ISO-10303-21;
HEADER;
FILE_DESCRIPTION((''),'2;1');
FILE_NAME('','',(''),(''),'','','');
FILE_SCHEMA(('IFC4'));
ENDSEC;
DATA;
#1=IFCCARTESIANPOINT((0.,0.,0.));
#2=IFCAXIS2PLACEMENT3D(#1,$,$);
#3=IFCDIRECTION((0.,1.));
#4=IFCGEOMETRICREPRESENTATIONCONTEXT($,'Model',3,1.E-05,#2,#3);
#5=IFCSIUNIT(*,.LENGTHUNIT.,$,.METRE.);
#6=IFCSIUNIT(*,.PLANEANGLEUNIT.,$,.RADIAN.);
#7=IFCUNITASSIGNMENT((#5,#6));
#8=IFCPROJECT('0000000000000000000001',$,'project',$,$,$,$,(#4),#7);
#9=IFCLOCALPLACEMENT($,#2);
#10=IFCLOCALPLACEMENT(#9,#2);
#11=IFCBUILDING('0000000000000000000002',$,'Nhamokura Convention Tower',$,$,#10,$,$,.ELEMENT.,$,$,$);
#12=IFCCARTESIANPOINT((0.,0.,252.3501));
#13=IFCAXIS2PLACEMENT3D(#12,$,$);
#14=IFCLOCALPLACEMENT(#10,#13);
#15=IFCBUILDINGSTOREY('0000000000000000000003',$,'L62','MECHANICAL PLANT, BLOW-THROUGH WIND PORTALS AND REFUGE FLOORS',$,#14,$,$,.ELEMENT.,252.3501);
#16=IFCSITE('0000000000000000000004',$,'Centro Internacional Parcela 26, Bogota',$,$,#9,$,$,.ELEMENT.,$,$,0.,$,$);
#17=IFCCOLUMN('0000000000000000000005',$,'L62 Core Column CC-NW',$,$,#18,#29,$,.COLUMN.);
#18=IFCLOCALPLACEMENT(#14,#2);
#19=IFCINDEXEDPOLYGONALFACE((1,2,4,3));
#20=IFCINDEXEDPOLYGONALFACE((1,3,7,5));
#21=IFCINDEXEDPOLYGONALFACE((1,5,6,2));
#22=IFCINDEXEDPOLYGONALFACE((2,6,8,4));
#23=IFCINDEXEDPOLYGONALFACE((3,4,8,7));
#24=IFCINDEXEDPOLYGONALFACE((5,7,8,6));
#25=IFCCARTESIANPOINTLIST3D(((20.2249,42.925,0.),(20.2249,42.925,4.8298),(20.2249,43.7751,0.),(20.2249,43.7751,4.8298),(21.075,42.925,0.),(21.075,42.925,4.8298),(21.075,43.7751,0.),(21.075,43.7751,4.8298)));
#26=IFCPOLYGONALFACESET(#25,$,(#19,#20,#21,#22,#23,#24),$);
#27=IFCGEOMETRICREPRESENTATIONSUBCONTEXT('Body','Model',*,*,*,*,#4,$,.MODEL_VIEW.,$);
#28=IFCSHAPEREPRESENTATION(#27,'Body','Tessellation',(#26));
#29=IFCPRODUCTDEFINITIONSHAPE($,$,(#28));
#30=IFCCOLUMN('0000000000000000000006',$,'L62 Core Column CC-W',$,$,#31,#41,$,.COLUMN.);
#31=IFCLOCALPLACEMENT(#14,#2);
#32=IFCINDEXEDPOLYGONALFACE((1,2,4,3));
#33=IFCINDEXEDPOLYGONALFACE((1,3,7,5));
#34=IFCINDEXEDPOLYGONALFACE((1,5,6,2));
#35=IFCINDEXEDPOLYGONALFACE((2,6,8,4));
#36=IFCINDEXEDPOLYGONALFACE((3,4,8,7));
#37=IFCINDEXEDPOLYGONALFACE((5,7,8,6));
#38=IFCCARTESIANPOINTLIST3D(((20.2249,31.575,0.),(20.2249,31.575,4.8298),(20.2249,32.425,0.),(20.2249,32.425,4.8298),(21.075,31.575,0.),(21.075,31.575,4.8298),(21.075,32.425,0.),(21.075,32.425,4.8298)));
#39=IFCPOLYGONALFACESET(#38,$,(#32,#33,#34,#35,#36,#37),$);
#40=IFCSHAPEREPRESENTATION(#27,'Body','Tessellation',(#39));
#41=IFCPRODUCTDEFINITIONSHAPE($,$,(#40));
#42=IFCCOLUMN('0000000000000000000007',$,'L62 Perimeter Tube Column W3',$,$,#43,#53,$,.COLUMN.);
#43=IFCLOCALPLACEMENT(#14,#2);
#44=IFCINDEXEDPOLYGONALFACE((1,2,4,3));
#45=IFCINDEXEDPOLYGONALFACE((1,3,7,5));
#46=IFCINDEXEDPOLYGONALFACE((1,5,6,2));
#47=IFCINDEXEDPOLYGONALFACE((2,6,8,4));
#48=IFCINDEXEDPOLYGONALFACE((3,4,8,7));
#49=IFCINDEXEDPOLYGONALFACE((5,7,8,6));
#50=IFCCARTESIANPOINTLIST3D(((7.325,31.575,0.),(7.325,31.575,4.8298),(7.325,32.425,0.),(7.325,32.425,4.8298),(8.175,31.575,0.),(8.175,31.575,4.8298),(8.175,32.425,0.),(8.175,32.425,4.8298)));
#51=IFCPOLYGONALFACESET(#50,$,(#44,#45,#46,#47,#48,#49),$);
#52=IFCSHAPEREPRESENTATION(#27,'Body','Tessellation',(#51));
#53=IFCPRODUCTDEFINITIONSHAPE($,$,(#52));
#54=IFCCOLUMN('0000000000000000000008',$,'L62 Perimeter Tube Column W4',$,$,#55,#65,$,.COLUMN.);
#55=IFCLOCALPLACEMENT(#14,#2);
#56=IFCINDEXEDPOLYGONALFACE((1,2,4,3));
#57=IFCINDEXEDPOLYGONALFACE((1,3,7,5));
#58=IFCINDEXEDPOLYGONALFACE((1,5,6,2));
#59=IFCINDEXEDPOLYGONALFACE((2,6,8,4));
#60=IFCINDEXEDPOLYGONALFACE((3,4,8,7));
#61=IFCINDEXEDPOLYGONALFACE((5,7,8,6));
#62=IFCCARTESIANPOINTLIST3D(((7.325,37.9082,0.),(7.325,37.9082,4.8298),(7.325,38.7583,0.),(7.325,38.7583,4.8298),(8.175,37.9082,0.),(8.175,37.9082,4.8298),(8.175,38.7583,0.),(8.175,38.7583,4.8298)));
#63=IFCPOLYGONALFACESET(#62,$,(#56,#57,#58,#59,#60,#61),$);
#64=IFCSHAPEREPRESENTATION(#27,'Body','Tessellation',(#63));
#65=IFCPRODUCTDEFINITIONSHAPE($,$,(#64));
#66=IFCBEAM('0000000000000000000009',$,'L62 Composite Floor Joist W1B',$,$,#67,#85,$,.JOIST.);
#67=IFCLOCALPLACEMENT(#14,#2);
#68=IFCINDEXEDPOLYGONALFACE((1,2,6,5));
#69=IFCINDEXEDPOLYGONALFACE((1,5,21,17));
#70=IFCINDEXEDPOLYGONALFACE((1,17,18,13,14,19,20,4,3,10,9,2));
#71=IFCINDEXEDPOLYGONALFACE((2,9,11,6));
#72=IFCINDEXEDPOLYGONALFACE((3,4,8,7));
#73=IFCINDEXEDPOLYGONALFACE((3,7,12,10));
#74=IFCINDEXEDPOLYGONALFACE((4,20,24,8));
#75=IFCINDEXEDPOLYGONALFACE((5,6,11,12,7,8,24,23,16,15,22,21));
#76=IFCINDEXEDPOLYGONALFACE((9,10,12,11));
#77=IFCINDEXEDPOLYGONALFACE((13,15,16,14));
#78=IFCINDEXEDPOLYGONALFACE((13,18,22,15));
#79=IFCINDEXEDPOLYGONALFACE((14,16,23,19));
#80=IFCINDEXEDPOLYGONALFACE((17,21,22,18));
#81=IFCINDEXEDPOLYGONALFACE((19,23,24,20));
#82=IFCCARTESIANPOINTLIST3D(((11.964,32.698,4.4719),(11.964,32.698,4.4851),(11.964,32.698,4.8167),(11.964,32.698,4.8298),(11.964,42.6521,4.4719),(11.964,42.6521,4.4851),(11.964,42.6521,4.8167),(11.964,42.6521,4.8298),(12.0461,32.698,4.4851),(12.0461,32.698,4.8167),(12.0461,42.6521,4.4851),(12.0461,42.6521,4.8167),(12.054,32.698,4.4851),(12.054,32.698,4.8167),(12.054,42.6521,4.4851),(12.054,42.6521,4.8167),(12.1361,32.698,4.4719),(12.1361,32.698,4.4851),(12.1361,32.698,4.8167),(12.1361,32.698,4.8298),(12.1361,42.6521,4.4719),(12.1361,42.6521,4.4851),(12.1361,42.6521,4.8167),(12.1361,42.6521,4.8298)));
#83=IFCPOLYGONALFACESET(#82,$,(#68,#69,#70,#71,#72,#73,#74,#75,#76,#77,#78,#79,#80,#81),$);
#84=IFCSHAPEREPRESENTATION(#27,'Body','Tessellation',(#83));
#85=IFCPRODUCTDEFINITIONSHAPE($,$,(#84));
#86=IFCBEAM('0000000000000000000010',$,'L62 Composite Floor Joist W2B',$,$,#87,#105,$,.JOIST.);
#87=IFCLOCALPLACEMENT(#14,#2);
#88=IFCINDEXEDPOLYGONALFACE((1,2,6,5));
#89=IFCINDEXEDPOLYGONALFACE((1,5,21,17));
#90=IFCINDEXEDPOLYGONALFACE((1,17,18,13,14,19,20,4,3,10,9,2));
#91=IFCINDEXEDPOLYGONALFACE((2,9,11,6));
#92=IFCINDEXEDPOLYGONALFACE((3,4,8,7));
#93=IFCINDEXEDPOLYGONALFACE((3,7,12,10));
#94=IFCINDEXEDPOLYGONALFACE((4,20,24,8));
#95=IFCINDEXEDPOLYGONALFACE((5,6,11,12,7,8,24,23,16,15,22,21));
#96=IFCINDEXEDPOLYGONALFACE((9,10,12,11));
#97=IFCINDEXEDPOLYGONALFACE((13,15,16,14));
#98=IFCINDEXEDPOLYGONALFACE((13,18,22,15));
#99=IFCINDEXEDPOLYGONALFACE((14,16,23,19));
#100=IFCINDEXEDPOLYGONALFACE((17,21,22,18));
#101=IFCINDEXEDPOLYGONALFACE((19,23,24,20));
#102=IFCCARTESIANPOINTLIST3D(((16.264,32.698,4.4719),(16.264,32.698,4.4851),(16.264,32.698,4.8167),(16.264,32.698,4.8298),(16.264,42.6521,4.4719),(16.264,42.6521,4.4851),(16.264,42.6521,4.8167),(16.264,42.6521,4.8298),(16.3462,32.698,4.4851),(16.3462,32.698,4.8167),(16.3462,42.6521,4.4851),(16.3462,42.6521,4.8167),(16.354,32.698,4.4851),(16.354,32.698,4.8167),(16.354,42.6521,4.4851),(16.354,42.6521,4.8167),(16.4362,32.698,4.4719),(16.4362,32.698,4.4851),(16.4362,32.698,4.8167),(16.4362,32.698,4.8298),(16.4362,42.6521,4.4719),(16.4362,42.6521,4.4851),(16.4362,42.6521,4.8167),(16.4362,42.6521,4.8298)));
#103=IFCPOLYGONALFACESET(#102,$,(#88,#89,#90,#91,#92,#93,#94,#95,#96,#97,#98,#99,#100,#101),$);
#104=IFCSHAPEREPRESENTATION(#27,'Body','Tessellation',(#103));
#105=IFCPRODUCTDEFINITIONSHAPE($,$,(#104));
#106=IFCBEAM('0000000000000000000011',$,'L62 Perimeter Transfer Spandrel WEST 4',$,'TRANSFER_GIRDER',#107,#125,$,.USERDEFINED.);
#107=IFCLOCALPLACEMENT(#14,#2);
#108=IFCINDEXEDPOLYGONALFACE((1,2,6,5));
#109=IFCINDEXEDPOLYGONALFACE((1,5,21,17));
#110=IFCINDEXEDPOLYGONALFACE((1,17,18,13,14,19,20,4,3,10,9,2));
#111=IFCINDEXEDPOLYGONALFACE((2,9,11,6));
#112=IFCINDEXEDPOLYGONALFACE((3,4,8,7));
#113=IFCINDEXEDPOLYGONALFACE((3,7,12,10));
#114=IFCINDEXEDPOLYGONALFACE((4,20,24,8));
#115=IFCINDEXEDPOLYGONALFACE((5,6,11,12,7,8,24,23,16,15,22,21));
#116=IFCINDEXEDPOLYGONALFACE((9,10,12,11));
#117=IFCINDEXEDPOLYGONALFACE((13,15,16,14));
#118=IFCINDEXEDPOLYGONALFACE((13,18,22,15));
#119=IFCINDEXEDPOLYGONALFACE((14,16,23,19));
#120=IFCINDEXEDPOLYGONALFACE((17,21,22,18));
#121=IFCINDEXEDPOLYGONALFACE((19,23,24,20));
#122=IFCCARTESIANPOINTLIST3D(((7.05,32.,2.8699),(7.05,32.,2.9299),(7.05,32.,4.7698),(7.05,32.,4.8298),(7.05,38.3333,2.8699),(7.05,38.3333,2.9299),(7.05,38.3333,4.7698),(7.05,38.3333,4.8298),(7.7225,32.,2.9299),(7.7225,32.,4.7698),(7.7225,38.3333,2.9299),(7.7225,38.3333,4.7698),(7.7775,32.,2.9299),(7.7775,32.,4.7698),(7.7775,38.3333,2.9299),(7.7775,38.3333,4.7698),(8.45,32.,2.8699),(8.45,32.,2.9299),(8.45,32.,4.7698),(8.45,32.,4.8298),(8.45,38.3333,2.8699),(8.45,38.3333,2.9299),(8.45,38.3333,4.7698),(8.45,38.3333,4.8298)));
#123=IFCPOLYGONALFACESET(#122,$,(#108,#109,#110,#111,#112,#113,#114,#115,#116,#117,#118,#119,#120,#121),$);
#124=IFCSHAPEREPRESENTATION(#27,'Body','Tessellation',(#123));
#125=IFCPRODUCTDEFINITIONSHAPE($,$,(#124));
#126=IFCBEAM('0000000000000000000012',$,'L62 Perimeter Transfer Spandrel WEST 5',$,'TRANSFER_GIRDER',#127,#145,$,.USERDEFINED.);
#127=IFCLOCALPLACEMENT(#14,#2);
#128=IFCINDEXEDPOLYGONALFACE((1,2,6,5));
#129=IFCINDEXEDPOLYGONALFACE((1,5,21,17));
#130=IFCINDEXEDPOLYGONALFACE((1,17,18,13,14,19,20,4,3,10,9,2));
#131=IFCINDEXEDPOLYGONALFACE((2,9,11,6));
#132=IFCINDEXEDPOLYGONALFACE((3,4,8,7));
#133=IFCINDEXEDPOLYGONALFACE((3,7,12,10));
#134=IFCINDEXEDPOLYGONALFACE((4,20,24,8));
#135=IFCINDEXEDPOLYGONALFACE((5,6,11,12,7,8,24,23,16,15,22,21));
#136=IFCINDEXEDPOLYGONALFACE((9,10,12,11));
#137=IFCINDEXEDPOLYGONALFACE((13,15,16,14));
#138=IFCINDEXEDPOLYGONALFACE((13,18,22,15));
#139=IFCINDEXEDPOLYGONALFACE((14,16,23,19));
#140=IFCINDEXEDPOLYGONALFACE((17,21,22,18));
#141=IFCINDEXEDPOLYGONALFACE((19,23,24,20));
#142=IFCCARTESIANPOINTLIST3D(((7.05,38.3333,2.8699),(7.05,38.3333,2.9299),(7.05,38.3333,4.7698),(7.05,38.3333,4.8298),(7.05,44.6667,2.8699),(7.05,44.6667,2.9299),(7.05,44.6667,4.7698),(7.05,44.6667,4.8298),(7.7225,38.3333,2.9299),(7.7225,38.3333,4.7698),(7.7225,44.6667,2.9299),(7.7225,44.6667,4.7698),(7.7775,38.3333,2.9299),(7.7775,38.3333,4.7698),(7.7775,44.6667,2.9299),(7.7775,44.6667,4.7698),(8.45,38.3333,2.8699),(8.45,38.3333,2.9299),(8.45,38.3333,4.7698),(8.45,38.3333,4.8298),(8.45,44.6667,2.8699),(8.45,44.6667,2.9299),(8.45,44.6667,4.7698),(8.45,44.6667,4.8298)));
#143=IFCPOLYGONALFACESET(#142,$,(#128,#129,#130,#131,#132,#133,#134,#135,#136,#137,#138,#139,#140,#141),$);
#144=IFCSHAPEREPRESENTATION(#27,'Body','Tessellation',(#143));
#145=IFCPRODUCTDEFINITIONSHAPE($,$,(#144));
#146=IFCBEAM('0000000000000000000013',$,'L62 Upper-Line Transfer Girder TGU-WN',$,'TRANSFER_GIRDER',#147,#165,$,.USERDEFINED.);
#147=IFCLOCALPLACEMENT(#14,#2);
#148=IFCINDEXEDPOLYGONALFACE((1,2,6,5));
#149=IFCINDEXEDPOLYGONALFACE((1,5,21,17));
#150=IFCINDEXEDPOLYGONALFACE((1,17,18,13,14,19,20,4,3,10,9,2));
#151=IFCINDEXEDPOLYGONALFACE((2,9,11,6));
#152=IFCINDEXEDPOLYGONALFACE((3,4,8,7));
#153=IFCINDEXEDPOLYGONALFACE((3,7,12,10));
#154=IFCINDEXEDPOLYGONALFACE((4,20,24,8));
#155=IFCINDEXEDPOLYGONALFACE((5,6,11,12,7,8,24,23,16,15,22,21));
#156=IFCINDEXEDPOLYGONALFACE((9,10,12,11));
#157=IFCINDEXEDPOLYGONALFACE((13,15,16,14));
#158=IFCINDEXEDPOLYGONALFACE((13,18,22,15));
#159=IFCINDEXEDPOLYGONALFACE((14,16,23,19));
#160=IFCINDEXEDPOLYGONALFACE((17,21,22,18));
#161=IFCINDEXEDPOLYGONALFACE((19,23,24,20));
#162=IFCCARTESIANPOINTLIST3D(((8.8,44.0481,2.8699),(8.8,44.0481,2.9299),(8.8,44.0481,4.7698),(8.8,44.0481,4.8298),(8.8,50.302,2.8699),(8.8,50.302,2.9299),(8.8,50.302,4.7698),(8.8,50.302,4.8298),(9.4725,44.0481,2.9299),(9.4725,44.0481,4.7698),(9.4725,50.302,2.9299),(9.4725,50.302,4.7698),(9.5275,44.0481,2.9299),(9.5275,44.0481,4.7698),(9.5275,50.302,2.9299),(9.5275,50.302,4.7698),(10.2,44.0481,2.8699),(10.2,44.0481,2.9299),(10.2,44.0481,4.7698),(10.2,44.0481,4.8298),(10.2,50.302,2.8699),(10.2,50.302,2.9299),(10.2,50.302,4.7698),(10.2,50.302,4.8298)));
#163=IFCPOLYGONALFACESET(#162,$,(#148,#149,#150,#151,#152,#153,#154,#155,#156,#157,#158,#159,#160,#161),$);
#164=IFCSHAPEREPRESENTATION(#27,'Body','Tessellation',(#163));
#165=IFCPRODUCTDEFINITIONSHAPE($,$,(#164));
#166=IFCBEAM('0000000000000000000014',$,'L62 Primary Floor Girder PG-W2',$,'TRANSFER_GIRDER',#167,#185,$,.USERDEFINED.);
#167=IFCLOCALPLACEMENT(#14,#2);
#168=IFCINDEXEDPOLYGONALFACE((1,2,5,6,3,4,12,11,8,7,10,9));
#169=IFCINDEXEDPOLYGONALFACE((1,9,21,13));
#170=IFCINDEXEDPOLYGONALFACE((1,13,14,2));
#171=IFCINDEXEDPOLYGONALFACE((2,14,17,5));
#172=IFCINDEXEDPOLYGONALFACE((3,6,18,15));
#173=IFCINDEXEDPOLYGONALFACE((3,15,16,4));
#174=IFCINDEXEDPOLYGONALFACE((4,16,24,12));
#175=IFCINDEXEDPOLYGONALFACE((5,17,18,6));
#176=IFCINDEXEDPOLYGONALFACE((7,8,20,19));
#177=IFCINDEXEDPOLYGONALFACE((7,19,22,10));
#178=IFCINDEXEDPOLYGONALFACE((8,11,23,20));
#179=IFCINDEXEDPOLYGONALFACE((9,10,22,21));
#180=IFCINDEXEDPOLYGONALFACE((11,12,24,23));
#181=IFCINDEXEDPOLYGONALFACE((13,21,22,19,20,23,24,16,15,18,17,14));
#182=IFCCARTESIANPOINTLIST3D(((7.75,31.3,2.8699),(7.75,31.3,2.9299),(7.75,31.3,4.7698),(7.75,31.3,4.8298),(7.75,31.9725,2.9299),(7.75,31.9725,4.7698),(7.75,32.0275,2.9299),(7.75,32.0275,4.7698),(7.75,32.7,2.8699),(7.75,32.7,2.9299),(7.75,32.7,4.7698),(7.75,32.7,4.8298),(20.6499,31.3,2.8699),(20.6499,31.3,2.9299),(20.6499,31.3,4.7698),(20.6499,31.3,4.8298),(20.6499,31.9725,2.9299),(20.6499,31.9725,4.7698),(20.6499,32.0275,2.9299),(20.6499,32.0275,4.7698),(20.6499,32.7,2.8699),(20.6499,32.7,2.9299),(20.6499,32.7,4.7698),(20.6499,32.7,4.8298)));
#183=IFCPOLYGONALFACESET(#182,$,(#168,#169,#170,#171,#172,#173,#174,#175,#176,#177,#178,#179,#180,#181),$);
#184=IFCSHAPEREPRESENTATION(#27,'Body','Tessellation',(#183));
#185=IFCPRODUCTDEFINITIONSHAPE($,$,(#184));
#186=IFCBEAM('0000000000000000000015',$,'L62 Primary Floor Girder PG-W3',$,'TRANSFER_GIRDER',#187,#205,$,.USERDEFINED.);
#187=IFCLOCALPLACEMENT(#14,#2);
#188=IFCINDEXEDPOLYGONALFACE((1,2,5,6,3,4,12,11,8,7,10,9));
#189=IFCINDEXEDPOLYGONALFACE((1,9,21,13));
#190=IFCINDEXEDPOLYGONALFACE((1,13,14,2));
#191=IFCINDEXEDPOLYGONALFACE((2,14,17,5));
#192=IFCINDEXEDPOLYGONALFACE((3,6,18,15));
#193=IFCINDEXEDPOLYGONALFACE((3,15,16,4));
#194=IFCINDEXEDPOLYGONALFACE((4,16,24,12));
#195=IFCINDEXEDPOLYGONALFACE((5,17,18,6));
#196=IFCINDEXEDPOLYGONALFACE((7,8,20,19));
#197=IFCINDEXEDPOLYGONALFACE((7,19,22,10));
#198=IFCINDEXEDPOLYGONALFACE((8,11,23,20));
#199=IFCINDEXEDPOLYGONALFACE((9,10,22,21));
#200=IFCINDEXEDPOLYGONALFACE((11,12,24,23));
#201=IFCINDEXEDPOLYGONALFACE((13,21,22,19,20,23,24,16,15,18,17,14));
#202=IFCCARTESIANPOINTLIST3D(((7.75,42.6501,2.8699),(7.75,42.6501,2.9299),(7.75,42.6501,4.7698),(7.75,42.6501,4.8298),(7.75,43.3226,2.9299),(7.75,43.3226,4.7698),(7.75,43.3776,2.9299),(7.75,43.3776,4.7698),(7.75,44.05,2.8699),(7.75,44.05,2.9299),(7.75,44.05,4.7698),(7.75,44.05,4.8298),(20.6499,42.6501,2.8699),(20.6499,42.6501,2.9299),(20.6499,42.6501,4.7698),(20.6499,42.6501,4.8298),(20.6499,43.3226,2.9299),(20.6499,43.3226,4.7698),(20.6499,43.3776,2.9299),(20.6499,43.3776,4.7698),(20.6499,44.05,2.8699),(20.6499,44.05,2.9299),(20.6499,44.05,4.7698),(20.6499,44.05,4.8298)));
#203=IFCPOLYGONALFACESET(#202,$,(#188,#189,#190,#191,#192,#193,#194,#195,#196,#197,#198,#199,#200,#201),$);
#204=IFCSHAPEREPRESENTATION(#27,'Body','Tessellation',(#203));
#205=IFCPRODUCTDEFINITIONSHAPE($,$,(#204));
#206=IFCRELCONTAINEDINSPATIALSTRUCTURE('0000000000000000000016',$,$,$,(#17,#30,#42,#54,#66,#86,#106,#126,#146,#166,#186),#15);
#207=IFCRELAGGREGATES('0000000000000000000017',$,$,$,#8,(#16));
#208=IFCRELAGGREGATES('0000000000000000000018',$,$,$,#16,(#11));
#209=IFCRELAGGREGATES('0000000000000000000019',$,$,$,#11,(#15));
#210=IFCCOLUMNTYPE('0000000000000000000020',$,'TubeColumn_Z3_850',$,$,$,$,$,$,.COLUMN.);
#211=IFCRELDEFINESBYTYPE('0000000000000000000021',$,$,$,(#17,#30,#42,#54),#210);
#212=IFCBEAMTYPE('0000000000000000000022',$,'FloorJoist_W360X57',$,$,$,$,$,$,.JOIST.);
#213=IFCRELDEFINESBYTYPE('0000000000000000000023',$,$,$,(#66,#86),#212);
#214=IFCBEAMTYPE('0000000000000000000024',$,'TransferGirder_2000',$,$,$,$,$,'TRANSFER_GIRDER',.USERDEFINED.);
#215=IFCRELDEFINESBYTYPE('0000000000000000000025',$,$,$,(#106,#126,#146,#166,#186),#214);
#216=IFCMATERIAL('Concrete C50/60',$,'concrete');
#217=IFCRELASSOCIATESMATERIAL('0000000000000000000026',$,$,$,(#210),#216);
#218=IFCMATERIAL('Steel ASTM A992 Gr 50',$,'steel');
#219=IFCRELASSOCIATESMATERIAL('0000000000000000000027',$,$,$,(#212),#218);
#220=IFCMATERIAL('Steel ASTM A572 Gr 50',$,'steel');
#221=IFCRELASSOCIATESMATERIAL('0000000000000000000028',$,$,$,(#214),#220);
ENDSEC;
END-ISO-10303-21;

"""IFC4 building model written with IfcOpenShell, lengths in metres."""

from ifc_helpers import new_model, si_unit, direction, frame, origin, origin_2d, place, context, subcontext, project, spatial, rectangle, i_section, extrude, material, material_profile, profile_set, type_object, element, save


model = new_model("IFC4")

# Units and contexts
model_context = context("Model", 3, precision=1e-05, world=origin(), true_north=direction((0.0, 1.0)))
body_context = subcontext(model_context, "Body", "Model", "MODEL_VIEW")
ifc_project = project(units=[si_unit("LENGTHUNIT", "METRE"), si_unit("PLANEANGLEUNIT", "RADIAN")], contexts=[model_context])

# Site, building, storey
site_placement = place(None, origin())
site = spatial("IfcSite", under=ifc_project, at=site_placement, Name="Centro Internacional Parcela 26, Bogota", CompositionType="ELEMENT", RefElevation=0.0)
building_placement = place(site_placement, origin())
building = spatial("IfcBuilding", under=site, at=building_placement, Name="Nhamokura Convention Tower", CompositionType="ELEMENT")
storey_placement = place(building_placement, frame((0.0, 0.0, 252.3501)))
storey = spatial("IfcBuildingStorey", under=building, at=storey_placement, Name="L62", Description="MECHANICAL PLANT, BLOW-THROUGH WIND PORTALS AND REFUGE FLOORS", CompositionType="ELEMENT", Elevation=252.3501)

# Columns
ifc_material_1 = material(Name="Concrete C50/60", Category="concrete")
ifc_material_profile_1 = material_profile(ifc_material_1, rectangle(XDim=0.8501, YDim=0.8501, at=origin_2d()))
ifc_profile_set_1 = profile_set([ifc_material_profile_1], Name="Concrete C50/60")
column_type = type_object("IfcColumnType", Name="TubeColumn_Z3_850", PredefinedType="COLUMN", material=ifc_profile_set_1)
for number, where, z_axis, x_axis, name in (
    (1, (20.6499, 43.3501, 0.0), (0.0, 0.0, 1.0), (1.0, 0.0, 0.0), "L62 Core Column CC-NW"),
    (2, (20.6499, 32.0, 0.0), (0.0, 0.0, 1.0), (1.0, 0.0, 0.0), "L62 Core Column CC-W"),
    (3, (7.75, 32.0, 0.0), (0.0, 0.0, 1.0), (1.0, 0.0, 0.0), "L62 Perimeter Tube Column W3"),
    (4, (7.75, 38.3333, 0.0), (0.0, 0.0, 1.0), (1.0, 0.0, 0.0), "L62 Perimeter Tube Column W4"),
):
    element("IfcColumn", number, at=place(storey_placement, frame(where, z_axis=z_axis, x_axis=x_axis)), inside=storey, type_object=column_type, Name=name, PredefinedType="COLUMN", context=body_context, shape_type="SweptSolid", body=[
        extrude(rectangle(XDim=0.8501, YDim=0.8501, at=origin_2d()), origin(), (0.0, 0.0, 1.0), 4.8298),
    ])

# Beams
ifc_material_2 = material(Name="Steel ASTM A992 Gr 50", Category="steel")
ifc_material_profile_2 = material_profile(ifc_material_2, i_section(OverallWidth=0.1721, OverallDepth=0.3579, WebThickness=0.0078, FlangeThickness=0.0132, at=origin_2d()))
ifc_profile_set_2 = profile_set([ifc_material_profile_2], Name="Steel ASTM A992 Gr 50")
beam_type_1 = type_object("IfcBeamType", Name="FloorJoist_W360X57", PredefinedType="JOIST", material=ifc_profile_set_2)
for number, where, z_axis, x_axis, name in (
    (5, (12.05, 32.698, 4.6509), (0.0, 1.0, 0.0), (-1.0, 0.0, 0.0), "L62 Composite Floor Joist W1B"),
    (6, (16.3501, 32.698, 4.6509), (0.0, 1.0, 0.0), (-1.0, 0.0, 0.0), "L62 Composite Floor Joist W2B"),
):
    element("IfcBeam", number, at=place(storey_placement, frame(where, z_axis=z_axis, x_axis=x_axis)), inside=storey, type_object=beam_type_1, Name=name, PredefinedType="JOIST", context=body_context, shape_type="SweptSolid", body=[
        extrude(i_section(OverallWidth=0.1721, OverallDepth=0.3579, WebThickness=0.0078, FlangeThickness=0.0132, at=origin_2d()), origin(), (0.0, 0.0, 1.0), 9.9541),
    ])
ifc_material_3 = material(Name="Steel ASTM A572 Gr 50", Category="steel")
ifc_material_profile_3 = material_profile(ifc_material_3, i_section(OverallWidth=1.3999, OverallDepth=1.96, WebThickness=0.0549, FlangeThickness=0.0601, at=origin_2d()))
ifc_profile_set_3 = profile_set([ifc_material_profile_3], Name="Steel ASTM A572 Gr 50")
beam_type_2 = type_object("IfcBeamType", Name="TransferGirder_2000", ElementType="TRANSFER_GIRDER", PredefinedType="USERDEFINED", material=ifc_profile_set_3)
beam_1_placement = place(storey_placement, frame((7.75, 32.0, 3.8499), z_axis=(0.0, 1.0, 0.0), x_axis=(-1.0, 0.0, 0.0)))
element("IfcBeam", 7, at=beam_1_placement, inside=storey, type_object=beam_type_2, Name="L62 Perimeter Transfer Spandrel WEST 4", ObjectType="TRANSFER_GIRDER", PredefinedType="USERDEFINED", context=body_context, shape_type="SweptSolid", body=[
    extrude(i_section(OverallWidth=1.3999, OverallDepth=1.96, WebThickness=0.0549, FlangeThickness=0.0601, at=origin_2d()), origin(), (0.0, 0.0, 1.0), 6.3333),
])
beam_2_placement = place(storey_placement, frame((7.75, 38.3333, 3.8499), z_axis=(0.0, 1.0, 0.0), x_axis=(-1.0, 0.0, 0.0)))
element("IfcBeam", 8, at=beam_2_placement, inside=storey, type_object=beam_type_2, Name="L62 Perimeter Transfer Spandrel WEST 5", ObjectType="TRANSFER_GIRDER", PredefinedType="USERDEFINED", context=body_context, shape_type="SweptSolid", body=[
    extrude(i_section(OverallWidth=1.3999, OverallDepth=1.96, WebThickness=0.0549, FlangeThickness=0.0601, at=origin_2d()), origin(), (0.0, 0.0, 1.0), 6.3335),
])
beam_3_placement = place(storey_placement, frame((9.5, 44.0481, 3.8499), z_axis=(0.0, 1.0, 0.0), x_axis=(-1.0, 0.0, 0.0)))
element("IfcBeam", 9, at=beam_3_placement, inside=storey, type_object=beam_type_2, Name="L62 Upper-Line Transfer Girder TGU-WN", ObjectType="TRANSFER_GIRDER", PredefinedType="USERDEFINED", context=body_context, shape_type="SweptSolid", body=[
    extrude(i_section(OverallWidth=1.3999, OverallDepth=1.96, WebThickness=0.0549, FlangeThickness=0.0601, at=origin_2d()), origin(), (0.0, 0.0, 1.0), 6.2539),
])
for number, where, z_axis, x_axis, name in (
    (10, (7.75, 32.0, 3.8499), (1.0, 0.0, 0.0), (0.0, 1.0, 0.0), "L62 Primary Floor Girder PG-W2"),
    (11, (7.75, 43.3501, 3.8499), (1.0, 0.0, 0.0), (0.0, 1.0, 0.0), "L62 Primary Floor Girder PG-W3"),
):
    element("IfcBeam", number, at=place(storey_placement, frame(where, z_axis=z_axis, x_axis=x_axis)), inside=storey, type_object=beam_type_2, Name=name, ObjectType="TRANSFER_GIRDER", PredefinedType="USERDEFINED", context=body_context, shape_type="SweptSolid", body=[
        extrude(i_section(OverallWidth=1.3999, OverallDepth=1.96, WebThickness=0.0549, FlangeThickness=0.0601, at=origin_2d()), origin(), (0.0, 0.0, 1.0), 12.8999),
    ])

save(model, "model.ifc")
